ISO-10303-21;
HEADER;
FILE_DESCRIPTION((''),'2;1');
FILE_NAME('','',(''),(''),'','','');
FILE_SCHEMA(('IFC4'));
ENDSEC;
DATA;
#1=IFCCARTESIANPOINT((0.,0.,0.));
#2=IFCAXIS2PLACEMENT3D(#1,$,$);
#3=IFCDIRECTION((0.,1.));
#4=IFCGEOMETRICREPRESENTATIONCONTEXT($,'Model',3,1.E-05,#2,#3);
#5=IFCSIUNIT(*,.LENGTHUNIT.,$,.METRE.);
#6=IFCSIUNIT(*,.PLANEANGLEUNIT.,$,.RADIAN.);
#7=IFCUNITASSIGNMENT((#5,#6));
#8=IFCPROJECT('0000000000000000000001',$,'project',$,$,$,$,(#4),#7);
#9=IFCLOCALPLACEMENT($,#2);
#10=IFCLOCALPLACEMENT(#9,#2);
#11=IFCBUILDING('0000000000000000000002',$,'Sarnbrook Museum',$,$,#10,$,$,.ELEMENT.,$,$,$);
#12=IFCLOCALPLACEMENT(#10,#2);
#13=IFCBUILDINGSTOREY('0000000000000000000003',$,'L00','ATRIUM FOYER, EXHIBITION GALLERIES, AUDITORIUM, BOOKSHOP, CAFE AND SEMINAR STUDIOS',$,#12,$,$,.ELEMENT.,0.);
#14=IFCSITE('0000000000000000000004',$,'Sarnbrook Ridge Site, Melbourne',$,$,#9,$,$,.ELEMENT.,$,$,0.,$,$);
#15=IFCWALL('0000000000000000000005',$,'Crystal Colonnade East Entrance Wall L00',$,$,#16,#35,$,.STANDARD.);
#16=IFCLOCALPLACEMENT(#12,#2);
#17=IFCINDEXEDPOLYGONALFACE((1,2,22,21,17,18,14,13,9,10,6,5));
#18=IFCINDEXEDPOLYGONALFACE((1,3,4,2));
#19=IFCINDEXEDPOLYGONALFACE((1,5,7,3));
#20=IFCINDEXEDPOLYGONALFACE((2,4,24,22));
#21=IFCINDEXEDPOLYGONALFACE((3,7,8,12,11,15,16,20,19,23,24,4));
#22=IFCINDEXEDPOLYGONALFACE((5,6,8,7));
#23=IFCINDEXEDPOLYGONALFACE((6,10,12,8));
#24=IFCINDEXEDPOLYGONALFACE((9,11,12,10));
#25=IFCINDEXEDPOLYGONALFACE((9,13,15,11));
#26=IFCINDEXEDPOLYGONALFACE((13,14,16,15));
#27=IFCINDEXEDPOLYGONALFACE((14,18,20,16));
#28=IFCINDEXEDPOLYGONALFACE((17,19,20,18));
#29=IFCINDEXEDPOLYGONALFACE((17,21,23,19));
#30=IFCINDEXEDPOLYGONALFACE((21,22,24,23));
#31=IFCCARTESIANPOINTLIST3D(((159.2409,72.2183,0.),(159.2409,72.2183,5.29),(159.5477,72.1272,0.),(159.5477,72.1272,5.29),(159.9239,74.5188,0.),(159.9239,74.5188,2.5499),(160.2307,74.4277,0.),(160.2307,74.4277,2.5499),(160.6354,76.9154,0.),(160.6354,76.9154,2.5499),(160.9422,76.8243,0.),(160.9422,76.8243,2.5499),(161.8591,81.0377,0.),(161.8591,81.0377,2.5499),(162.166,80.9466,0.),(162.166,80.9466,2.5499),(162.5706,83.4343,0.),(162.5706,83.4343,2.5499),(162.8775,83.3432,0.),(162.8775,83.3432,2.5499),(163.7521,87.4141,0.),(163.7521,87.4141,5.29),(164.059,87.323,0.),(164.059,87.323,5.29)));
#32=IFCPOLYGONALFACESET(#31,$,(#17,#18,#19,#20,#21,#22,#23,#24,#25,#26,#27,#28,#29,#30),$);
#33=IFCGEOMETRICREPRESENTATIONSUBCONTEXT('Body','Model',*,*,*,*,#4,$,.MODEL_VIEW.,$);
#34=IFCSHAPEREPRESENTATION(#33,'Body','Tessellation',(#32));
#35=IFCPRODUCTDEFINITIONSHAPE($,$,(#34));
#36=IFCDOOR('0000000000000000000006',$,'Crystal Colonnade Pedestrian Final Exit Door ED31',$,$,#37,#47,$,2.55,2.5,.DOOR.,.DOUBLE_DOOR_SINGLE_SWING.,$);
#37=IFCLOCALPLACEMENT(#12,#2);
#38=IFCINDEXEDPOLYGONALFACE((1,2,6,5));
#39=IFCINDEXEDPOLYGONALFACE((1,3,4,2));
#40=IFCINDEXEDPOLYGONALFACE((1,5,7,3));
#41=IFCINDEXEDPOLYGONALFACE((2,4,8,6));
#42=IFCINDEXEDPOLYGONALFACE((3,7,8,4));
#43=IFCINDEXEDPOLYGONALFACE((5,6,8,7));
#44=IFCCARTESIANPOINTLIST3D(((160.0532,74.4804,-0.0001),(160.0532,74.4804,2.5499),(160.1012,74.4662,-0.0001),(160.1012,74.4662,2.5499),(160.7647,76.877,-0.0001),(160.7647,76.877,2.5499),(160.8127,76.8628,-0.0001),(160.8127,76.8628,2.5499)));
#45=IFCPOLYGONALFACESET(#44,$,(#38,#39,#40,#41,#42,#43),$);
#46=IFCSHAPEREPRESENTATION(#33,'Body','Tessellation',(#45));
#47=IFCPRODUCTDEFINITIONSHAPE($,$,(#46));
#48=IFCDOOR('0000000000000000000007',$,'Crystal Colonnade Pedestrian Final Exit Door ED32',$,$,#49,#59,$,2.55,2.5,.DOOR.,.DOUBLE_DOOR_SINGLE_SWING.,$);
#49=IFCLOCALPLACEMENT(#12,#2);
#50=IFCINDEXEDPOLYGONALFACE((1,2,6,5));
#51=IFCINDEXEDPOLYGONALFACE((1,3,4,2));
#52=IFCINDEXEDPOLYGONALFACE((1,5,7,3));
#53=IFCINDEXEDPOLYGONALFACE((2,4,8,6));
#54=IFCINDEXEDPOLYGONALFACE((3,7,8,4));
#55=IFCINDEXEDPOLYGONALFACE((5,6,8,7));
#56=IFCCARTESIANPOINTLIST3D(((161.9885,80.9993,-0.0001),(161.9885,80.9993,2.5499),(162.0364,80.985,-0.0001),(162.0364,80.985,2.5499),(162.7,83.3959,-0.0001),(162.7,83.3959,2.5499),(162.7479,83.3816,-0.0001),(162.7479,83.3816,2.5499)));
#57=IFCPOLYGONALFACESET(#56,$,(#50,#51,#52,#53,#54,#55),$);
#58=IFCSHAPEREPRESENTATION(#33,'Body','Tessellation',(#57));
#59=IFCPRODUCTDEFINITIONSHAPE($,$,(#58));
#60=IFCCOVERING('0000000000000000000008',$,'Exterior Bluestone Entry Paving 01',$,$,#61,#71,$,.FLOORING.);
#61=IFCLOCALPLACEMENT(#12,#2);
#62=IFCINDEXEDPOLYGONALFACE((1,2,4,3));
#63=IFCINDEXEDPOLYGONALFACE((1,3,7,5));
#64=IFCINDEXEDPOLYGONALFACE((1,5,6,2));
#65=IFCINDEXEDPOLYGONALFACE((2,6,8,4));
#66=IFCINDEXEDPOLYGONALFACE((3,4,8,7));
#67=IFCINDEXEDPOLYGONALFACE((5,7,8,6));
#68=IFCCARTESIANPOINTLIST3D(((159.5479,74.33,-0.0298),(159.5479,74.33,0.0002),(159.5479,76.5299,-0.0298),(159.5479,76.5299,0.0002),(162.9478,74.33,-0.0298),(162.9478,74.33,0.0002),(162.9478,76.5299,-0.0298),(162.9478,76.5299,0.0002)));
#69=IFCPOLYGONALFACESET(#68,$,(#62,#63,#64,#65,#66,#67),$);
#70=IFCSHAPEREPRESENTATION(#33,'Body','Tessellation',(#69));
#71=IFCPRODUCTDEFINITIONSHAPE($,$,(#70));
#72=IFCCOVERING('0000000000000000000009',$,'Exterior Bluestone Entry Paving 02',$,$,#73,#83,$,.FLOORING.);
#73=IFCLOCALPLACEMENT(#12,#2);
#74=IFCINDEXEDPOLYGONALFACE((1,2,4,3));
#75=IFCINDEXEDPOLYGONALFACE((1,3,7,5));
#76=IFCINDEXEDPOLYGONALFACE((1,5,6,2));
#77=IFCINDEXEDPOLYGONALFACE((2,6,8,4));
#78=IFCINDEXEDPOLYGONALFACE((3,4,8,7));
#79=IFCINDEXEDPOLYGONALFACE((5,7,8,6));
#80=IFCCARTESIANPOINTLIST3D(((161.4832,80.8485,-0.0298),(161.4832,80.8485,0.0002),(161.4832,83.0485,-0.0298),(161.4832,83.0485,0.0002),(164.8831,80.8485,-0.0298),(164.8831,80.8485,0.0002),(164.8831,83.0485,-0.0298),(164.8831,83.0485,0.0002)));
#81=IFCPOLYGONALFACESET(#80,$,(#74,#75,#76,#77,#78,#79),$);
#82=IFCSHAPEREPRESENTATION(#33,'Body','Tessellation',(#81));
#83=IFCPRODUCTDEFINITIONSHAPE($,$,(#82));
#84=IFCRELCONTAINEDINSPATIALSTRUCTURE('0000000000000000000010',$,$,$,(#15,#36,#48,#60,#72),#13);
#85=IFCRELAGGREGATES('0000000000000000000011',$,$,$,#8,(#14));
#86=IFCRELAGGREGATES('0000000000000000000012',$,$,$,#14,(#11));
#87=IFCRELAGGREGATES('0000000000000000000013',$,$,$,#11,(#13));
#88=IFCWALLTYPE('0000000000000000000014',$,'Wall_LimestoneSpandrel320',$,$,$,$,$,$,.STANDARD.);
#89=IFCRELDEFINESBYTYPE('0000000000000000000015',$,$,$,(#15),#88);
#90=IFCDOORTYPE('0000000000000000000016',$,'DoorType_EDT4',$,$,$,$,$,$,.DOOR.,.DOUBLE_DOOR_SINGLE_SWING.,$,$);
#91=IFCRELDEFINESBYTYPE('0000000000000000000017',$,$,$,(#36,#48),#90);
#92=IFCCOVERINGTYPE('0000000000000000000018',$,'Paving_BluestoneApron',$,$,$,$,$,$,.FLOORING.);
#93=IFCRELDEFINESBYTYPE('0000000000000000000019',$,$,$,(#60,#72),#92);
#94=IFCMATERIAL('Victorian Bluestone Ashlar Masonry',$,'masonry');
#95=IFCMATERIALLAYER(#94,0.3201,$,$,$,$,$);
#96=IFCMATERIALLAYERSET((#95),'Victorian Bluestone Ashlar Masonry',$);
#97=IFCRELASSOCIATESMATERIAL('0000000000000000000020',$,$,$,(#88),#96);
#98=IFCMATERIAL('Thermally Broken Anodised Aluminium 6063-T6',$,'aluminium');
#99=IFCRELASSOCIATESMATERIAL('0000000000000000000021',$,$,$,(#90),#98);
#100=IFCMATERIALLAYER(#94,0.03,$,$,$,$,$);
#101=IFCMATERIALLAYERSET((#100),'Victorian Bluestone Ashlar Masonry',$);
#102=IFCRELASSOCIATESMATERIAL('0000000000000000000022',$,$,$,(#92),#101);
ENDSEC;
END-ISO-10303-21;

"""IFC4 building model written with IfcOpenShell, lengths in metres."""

from ifc_helpers import new_model, si_unit, direction, frame, frame_2d, origin, origin_2d, place, context, subcontext, project, spatial, rectangle, extrude, material, layer, layer_set, type_object, element, fill, save


model = new_model("IFC4")

# Units and contexts
model_context = context("Model", 3, precision=1e-05, world=origin(), true_north=direction((0.0, 1.0)))
body_context = subcontext(model_context, "Body", "Model", "MODEL_VIEW")
ifc_project = project(units=[si_unit("LENGTHUNIT", "METRE"), si_unit("PLANEANGLEUNIT", "RADIAN")], contexts=[model_context])

# Site, building, storey
site_placement = place(None, origin())
site = spatial("IfcSite", under=ifc_project, at=site_placement, Name="Sarnbrook Ridge Site, Melbourne", CompositionType="ELEMENT", RefElevation=0.0)
building_placement = place(site_placement, origin())
building = spatial("IfcBuilding", under=site, at=building_placement, Name="Sarnbrook Museum", CompositionType="ELEMENT")
storey_placement = place(building_placement, origin())
storey = spatial("IfcBuildingStorey", under=building, at=storey_placement, Name="L00", Description="ATRIUM FOYER, EXHIBITION GALLERIES, AUDITORIUM, BOOKSHOP, CAFE AND SEMINAR STUDIOS", CompositionType="ELEMENT", Elevation=0.0)

# Shared definitions
ifc_material_1 = material(Name="Thermally Broken Anodised Aluminium 6063-T6", Category="aluminium")

# Wall, openings, doors
ifc_material_2 = material(Name="Victorian Bluestone Ashlar Masonry", Category="masonry")
ifc_layer_1 = layer(ifc_material_2, 0.3201)
ifc_layer_set_1 = layer_set([ifc_layer_1], Name="Victorian Bluestone Ashlar Masonry")
wall_type = type_object("IfcWallType", Name="Wall_LimestoneSpandrel320", PredefinedType="STANDARD", material=ifc_layer_set_1)
wall_placement = place(storey_placement, frame((159.3943, 72.1726, 0.0), z_axis=(0.0, 0.0, 1.0), x_axis=(0.284597, 0.958647, 0.0)))
wall = element("IfcWall", 1, at=wall_placement, inside=storey, type_object=wall_type, Name="Crystal Colonnade East Entrance Wall L00", PredefinedType="STANDARD", context=body_context, shape_type="SweptSolid", body=[
    extrude(rectangle(XDim=15.8513, YDim=0.3201, at=frame_2d((7.9258, 0.0))), origin(), (0.0, 0.0, 1.0), 5.29),
])
opening_1_placement = place(wall_placement, frame((2.3999, 0.0, 0.0)))
opening_1 = element("IfcOpeningElement", 2, at=opening_1_placement, cuts=wall, PredefinedType="OPENING", context=body_context, shape_type="SweptSolid", body=[
    extrude(rectangle(XDim=2.5, YDim=2.55, at=frame_2d((1.25, 1.2749))), frame((0.0, 0.1699, 0.0), z_axis=(0.0, -1.0, 0.0), x_axis=(1.0, 0.0, 0.0)), (0.0, 0.0, 1.0), 0.3401),
])
opening_2_placement = place(wall_placement, frame((9.2, 0.0, 0.0)))
opening_2 = element("IfcOpeningElement", 3, at=opening_2_placement, cuts=wall, PredefinedType="OPENING", context=body_context, shape_type="SweptSolid", body=[
    extrude(rectangle(XDim=2.5, YDim=2.55, at=frame_2d((1.25, 1.2749))), frame((0.0, 0.1699, 0.0), z_axis=(0.0, -1.0, 0.0), x_axis=(1.0, 0.0, 0.0)), (0.0, 0.0, 1.0), 0.3401),
])
door_type = type_object("IfcDoorType", Name="DoorType_EDT4", OperationType="DOUBLE_DOOR_SINGLE_SWING", PredefinedType="DOOR", material=ifc_material_1)
door_1_placement = place(opening_1_placement, frame((2.5, 0.0, 0.0), z_axis=(0.0, 0.0, 1.0), x_axis=(-1.0, 0.0, 0.0)))
door_1 = element("IfcDoor", 4, at=door_1_placement, inside=storey, type_object=door_type, Name="Crystal Colonnade Pedestrian Final Exit Door ED31", OperationType="DOUBLE_DOOR_SINGLE_SWING", OverallHeight=2.55, OverallWidth=2.5, PredefinedType="DOOR", context=body_context, shape_type="SweptSolid", body=[
    extrude(rectangle(XDim=2.5, YDim=2.55, at=frame_2d((1.25, 1.2749))), frame((0.0, 0.0249, 0.0), z_axis=(0.0, -1.0, 0.0), x_axis=(1.0, 0.0, 0.0)), (0.0, 0.0, 1.0), 0.05),
])
fill(opening_1, door_1)
door_2_placement = place(opening_2_placement, frame((2.5, 0.0, 0.0), z_axis=(0.0, 0.0, 1.0), x_axis=(-1.0, 0.0, 0.0)))
door_2 = element("IfcDoor", 5, at=door_2_placement, inside=storey, type_object=door_type, Name="Crystal Colonnade Pedestrian Final Exit Door ED32", OperationType="DOUBLE_DOOR_SINGLE_SWING", OverallHeight=2.55, OverallWidth=2.5, PredefinedType="DOOR", context=body_context, shape_type="SweptSolid", body=[
    extrude(rectangle(XDim=2.5, YDim=2.55, at=frame_2d((1.25, 1.2749))), frame((0.0, 0.0249, 0.0), z_axis=(0.0, -1.0, 0.0), x_axis=(1.0, 0.0, 0.0)), (0.0, 0.0, 1.0), 0.05),
])
fill(opening_2, door_2)

# Coverings
ifc_layer_2 = layer(ifc_material_2, 0.03)
ifc_layer_set_2 = layer_set([ifc_layer_2], Name="Victorian Bluestone Ashlar Masonry")
covering_type = type_object("IfcCoveringType", Name="Paving_BluestoneApron", PredefinedType="FLOORING", material=ifc_layer_set_2)
for number, where, z_axis, x_axis, name in (
    (6, (161.2478, 75.4299, -0.0298), (0.0, 0.0, 1.0), (1.0, 0.0, 0.0), "Exterior Bluestone Entry Paving 01"),
    (7, (163.1831, 81.9485, -0.0298), (0.0, 0.0, 1.0), (1.0, 0.0, 0.0), "Exterior Bluestone Entry Paving 02"),
):
    element("IfcCovering", number, at=place(storey_placement, frame(where, z_axis=z_axis, x_axis=x_axis)), inside=storey, type_object=covering_type, Name=name, PredefinedType="FLOORING", context=body_context, shape_type="SweptSolid", body=[
        extrude(rectangle(XDim=3.3999, YDim=2.2, at=origin_2d()), origin(), (0.0, 0.0, 1.0), 0.03),
    ])

save(model, "model.ifc")
